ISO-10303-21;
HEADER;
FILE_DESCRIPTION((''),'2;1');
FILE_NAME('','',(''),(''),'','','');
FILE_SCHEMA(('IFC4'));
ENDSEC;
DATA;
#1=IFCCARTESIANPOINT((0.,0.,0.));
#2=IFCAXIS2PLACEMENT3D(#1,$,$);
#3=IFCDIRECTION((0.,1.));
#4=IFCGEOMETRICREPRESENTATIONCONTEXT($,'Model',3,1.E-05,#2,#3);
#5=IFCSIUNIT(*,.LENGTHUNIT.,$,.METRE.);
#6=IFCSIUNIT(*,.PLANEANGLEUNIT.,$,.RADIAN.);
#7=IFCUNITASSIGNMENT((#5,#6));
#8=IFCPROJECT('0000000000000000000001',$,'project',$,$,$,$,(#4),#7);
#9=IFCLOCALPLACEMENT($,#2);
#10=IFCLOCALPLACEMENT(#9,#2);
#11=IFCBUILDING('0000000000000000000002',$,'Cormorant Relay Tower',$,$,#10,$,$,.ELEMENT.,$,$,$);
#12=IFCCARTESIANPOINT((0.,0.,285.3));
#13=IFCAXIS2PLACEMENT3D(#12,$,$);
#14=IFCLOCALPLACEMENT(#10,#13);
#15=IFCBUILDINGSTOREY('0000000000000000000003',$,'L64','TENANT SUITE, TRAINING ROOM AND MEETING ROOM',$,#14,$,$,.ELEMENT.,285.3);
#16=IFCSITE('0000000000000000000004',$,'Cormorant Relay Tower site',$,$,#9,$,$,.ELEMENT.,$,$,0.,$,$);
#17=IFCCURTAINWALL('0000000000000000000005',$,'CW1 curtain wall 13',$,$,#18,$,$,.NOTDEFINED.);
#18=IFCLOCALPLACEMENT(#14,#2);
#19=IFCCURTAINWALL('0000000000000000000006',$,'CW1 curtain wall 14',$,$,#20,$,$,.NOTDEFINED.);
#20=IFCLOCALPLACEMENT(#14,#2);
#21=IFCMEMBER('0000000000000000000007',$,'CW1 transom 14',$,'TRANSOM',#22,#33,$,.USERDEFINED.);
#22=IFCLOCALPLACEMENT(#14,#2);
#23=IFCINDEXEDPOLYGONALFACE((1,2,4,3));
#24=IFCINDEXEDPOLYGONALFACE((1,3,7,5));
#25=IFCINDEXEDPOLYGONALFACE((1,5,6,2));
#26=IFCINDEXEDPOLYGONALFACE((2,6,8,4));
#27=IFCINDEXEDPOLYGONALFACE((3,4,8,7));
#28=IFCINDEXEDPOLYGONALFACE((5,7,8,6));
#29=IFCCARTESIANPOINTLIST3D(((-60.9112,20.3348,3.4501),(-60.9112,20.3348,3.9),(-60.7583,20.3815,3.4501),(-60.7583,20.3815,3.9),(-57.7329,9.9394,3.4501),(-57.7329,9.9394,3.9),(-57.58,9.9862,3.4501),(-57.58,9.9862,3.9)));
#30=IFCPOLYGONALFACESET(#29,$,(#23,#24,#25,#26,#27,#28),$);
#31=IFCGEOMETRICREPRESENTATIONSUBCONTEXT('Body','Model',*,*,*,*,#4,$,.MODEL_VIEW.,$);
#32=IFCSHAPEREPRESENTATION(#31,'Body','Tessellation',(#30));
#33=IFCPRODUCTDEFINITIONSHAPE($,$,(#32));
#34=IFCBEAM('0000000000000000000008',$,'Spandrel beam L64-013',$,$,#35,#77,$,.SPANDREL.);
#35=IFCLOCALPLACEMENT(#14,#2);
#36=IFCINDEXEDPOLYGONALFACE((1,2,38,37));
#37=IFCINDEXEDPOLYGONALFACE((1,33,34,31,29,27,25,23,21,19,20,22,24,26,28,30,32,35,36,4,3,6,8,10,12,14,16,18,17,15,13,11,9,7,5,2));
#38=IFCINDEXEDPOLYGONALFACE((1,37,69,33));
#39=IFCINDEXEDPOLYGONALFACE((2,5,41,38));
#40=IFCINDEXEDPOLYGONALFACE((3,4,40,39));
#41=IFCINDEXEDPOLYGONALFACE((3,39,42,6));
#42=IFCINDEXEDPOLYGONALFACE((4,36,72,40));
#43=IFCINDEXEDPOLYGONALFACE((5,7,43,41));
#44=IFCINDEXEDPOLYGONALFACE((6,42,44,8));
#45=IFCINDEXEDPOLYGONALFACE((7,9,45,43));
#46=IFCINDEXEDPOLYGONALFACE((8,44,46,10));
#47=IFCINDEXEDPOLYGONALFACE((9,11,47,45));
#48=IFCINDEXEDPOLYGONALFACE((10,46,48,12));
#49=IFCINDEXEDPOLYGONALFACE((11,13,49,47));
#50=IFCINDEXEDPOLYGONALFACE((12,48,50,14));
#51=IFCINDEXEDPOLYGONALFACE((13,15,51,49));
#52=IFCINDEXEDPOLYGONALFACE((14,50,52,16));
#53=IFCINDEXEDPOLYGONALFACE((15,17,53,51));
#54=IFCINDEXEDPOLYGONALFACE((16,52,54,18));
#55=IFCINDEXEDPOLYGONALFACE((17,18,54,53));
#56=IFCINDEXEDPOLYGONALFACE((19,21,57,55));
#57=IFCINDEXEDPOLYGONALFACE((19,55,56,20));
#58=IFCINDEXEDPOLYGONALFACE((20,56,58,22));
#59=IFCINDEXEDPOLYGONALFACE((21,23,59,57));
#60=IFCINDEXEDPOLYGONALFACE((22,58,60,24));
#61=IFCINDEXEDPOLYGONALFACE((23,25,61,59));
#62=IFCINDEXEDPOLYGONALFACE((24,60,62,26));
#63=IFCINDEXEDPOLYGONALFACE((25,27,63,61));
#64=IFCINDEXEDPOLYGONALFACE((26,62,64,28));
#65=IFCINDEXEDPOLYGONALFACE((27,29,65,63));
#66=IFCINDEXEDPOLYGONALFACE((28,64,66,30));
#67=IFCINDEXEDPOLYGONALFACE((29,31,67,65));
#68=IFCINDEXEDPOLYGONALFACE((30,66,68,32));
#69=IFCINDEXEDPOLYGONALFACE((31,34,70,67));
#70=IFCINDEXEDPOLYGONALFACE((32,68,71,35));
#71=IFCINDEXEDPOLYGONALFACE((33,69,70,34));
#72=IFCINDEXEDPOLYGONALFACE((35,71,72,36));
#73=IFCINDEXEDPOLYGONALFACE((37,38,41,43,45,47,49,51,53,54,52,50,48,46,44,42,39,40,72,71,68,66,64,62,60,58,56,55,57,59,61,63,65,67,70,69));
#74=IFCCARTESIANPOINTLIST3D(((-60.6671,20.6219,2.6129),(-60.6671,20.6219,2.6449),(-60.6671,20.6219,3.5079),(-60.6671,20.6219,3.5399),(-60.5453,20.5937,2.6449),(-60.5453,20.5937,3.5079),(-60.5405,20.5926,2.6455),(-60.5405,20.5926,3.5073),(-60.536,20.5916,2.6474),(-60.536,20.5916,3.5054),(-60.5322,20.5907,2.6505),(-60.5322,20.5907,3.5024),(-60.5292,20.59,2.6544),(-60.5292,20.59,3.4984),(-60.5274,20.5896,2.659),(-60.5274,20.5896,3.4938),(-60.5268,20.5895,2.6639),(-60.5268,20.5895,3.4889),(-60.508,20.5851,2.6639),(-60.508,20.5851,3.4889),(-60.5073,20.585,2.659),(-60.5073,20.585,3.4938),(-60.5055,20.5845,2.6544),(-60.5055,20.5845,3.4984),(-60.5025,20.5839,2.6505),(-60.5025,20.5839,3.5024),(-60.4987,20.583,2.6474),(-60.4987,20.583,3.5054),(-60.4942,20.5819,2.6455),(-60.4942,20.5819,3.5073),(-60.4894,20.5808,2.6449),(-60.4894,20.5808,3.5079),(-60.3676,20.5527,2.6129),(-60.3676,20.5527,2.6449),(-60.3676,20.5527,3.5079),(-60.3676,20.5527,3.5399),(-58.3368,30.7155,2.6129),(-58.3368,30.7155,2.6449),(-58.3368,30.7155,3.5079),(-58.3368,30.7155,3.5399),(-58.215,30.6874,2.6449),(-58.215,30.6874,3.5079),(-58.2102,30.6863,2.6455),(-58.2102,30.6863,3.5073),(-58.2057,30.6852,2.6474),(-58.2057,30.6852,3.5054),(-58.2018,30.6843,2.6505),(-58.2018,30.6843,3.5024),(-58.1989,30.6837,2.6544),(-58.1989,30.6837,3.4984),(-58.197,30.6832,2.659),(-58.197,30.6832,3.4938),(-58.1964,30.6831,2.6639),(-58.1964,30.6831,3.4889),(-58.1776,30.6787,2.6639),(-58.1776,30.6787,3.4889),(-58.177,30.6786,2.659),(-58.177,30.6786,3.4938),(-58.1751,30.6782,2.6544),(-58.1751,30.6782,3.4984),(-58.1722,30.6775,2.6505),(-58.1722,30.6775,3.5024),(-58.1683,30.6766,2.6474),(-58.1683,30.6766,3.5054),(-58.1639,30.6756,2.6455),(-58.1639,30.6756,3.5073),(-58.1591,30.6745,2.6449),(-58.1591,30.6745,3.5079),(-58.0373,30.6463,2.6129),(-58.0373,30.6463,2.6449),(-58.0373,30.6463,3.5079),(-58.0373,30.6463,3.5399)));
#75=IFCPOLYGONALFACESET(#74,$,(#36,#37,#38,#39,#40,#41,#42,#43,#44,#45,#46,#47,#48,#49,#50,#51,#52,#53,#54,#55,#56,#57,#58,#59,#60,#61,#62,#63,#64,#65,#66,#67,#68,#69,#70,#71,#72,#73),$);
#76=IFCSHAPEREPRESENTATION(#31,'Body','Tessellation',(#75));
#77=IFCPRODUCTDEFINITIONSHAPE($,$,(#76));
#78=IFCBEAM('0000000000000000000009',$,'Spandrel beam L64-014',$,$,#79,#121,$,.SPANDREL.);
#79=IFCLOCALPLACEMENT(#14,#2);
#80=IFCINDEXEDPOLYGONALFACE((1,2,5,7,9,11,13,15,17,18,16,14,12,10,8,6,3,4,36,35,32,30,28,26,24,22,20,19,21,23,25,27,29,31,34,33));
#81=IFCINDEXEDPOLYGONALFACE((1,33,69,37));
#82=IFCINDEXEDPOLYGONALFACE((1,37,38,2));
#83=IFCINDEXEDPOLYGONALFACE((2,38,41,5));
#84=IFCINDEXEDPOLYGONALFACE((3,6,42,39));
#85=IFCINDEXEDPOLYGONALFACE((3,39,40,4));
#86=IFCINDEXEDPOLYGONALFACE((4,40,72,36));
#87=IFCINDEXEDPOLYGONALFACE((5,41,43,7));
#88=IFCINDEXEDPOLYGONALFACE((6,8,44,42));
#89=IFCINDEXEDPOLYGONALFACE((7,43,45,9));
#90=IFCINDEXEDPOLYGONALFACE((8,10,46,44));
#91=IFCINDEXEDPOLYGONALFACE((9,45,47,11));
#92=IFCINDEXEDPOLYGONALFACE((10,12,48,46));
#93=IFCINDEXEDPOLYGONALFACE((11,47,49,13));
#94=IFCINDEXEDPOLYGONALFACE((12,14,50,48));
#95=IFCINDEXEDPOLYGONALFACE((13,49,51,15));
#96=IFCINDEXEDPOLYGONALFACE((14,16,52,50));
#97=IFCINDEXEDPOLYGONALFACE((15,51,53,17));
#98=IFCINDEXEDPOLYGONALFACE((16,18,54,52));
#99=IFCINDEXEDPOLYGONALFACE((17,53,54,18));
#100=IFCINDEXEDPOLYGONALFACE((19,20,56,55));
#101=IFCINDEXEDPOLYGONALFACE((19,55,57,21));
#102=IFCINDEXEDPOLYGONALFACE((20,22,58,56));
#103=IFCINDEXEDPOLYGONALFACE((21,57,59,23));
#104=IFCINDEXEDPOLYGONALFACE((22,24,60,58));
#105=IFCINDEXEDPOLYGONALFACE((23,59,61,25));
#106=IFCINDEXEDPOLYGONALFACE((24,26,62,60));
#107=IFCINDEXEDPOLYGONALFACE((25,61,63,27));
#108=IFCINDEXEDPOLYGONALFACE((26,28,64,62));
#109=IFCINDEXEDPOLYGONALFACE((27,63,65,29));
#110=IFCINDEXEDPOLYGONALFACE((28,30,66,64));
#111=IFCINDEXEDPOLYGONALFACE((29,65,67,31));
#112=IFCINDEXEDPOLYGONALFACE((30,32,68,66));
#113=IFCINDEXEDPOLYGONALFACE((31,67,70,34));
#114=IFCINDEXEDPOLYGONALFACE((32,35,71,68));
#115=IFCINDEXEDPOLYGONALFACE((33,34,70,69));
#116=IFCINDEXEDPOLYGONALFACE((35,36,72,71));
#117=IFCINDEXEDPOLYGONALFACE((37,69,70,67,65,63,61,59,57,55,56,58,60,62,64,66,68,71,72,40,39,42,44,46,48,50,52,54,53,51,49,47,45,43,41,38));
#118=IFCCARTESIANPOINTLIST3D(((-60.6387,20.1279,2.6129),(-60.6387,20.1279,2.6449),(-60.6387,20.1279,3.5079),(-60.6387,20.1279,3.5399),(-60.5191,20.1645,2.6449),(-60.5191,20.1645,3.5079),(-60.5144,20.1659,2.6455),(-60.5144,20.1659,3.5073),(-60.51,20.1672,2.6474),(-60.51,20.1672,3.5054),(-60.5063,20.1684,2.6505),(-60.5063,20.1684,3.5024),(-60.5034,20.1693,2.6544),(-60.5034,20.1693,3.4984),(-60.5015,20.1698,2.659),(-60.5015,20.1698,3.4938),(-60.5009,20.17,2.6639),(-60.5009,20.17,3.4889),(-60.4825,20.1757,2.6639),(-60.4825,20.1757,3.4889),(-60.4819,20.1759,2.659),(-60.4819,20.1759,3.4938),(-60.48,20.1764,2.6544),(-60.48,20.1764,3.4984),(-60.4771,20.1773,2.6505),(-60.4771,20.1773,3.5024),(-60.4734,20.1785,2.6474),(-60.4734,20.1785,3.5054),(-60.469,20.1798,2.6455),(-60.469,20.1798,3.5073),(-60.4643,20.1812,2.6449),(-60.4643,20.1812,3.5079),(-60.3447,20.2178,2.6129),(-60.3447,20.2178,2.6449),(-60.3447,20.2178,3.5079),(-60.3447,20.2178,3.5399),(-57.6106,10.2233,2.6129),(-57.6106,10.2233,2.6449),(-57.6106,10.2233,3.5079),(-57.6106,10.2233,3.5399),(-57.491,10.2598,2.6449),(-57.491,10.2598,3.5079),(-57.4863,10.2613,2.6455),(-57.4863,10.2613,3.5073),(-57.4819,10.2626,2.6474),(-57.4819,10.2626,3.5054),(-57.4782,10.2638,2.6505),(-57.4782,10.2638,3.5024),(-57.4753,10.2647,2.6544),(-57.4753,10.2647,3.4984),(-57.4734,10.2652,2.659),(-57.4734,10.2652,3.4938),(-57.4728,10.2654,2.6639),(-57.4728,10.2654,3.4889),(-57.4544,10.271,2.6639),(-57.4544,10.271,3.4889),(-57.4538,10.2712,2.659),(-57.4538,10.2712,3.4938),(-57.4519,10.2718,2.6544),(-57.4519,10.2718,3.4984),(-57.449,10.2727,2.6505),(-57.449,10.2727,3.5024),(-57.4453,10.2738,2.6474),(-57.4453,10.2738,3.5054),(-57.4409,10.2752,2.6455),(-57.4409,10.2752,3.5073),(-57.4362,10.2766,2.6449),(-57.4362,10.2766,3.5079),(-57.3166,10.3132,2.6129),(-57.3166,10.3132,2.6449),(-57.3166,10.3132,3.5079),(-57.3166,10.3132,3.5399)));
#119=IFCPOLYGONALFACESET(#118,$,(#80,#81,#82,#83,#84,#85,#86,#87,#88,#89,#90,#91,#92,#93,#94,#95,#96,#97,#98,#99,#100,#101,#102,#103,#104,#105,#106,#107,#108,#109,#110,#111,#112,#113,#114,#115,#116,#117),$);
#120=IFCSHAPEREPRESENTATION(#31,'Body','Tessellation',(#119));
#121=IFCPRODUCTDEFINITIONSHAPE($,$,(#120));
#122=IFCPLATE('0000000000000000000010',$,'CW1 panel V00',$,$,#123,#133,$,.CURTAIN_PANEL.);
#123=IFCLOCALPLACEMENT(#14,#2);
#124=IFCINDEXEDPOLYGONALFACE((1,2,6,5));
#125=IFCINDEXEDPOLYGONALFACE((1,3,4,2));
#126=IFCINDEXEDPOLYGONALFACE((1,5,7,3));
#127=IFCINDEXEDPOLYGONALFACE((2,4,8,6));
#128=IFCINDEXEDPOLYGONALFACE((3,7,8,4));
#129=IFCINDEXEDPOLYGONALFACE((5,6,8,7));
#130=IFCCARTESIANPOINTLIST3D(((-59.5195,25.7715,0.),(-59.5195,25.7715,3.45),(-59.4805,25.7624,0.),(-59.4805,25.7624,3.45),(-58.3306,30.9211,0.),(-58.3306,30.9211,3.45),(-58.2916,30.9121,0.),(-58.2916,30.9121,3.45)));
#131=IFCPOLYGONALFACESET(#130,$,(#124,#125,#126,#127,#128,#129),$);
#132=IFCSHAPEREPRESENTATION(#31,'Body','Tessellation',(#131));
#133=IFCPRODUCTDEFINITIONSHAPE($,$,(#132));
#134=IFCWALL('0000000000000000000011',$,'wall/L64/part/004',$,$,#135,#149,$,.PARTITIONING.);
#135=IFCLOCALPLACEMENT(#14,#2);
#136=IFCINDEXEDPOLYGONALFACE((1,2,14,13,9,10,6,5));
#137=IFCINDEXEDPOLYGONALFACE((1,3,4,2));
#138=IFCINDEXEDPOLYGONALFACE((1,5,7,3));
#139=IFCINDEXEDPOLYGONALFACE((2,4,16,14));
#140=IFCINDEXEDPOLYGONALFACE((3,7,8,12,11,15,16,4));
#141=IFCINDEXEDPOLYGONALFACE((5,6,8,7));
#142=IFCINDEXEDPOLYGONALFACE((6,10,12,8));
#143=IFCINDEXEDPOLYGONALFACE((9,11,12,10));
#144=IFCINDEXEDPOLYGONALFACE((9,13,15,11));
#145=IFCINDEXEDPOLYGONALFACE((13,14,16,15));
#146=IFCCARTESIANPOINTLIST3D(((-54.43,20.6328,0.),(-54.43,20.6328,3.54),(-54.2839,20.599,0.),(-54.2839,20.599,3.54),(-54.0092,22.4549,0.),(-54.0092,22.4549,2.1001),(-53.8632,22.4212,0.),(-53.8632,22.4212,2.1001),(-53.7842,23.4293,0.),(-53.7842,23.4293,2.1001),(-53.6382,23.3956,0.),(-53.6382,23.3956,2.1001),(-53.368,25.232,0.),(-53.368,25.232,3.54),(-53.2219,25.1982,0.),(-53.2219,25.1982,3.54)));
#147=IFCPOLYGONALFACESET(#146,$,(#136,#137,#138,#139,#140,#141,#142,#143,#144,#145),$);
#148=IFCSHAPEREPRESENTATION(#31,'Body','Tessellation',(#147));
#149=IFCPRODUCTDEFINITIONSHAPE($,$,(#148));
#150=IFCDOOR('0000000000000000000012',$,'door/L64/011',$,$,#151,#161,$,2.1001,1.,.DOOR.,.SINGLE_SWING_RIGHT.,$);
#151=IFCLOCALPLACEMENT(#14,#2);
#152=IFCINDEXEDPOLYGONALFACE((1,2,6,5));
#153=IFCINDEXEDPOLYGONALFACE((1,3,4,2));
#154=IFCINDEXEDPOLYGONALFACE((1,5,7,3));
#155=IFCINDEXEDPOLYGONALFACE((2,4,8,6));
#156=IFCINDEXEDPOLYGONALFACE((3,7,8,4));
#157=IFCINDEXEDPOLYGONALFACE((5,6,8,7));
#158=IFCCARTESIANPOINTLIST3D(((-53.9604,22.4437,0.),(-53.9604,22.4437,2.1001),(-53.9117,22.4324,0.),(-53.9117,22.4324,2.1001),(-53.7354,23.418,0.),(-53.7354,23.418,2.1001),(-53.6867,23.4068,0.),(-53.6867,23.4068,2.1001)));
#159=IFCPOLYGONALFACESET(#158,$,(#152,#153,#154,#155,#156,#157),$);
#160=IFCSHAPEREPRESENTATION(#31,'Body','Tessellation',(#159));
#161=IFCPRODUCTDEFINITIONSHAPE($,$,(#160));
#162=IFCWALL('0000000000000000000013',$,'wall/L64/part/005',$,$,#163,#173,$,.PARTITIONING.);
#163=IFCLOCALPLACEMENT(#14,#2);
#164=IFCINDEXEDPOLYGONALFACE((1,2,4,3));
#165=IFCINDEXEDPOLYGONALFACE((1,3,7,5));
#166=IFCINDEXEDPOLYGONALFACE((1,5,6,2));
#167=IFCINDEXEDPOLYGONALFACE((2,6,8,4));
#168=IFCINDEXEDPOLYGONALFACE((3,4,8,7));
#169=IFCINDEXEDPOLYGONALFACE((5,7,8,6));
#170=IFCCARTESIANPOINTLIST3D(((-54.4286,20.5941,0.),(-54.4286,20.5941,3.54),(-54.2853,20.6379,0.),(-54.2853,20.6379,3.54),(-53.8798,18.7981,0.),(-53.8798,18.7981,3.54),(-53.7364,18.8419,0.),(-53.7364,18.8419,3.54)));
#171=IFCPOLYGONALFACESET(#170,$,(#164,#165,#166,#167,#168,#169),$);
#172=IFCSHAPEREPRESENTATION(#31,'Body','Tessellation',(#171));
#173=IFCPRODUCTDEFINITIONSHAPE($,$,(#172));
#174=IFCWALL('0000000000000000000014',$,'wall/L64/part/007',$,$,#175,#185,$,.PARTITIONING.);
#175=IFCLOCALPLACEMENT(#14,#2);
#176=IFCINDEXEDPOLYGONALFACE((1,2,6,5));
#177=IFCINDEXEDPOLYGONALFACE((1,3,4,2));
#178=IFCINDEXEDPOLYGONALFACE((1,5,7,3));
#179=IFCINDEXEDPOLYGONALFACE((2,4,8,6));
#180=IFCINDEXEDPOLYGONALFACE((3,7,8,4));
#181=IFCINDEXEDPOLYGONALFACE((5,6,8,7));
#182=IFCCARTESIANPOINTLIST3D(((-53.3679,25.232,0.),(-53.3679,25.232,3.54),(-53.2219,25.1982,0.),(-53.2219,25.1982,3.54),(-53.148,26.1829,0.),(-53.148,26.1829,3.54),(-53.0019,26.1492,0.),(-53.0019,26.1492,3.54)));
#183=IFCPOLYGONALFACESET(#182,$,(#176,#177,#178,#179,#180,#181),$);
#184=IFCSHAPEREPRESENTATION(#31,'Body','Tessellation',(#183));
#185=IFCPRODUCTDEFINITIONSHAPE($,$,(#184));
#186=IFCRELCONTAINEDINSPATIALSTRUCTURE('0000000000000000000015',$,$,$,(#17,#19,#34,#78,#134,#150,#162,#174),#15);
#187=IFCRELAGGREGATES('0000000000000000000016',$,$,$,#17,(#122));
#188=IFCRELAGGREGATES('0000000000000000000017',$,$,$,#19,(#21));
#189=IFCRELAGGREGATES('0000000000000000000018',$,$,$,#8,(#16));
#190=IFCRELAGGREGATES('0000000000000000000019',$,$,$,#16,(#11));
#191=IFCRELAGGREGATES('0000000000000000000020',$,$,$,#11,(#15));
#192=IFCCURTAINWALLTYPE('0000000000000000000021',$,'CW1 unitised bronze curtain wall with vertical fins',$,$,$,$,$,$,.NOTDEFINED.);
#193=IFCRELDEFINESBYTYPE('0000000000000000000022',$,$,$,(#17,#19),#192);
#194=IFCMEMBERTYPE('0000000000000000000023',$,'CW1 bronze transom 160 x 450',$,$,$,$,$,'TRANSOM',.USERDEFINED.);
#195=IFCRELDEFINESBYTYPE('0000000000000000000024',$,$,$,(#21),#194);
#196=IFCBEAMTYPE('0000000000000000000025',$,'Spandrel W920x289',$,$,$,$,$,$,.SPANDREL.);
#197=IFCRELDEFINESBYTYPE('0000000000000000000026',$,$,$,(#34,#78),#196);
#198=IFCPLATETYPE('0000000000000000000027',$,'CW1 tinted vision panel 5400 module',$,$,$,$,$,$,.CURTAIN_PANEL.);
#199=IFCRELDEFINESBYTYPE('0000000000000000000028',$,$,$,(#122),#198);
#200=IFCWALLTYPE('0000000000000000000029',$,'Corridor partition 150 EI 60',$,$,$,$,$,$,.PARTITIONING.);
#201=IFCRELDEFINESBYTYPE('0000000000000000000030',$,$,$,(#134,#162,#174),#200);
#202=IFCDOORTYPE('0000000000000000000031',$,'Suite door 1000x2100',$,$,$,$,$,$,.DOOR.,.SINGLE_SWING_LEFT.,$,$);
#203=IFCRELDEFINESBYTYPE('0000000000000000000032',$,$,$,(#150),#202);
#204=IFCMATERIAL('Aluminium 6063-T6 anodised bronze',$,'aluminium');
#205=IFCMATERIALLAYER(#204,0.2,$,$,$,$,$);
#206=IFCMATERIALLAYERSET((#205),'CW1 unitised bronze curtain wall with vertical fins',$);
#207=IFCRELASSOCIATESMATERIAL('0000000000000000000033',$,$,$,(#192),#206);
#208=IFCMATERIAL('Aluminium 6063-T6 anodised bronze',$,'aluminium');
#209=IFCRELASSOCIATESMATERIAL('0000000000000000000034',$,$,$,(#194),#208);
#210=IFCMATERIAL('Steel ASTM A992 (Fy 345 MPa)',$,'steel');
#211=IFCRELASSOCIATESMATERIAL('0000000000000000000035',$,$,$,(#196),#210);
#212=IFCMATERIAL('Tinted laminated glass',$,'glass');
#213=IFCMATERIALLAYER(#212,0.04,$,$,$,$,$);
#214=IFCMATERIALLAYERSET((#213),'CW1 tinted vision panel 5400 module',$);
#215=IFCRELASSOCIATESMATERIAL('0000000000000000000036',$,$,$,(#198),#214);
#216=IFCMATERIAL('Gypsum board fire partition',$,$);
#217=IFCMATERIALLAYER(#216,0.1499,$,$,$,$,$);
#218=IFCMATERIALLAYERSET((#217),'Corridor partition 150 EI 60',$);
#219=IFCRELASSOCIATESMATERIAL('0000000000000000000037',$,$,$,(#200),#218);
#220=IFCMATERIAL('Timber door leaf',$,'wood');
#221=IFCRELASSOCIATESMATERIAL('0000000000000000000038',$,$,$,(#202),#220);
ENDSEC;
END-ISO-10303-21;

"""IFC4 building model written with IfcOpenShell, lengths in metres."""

from ifc_helpers import new_model, si_unit, direction, frame, frame_2d, origin, origin_2d, place, context, subcontext, project, spatial, rectangle, i_section, extrude, material, layer, layer_set, material_profile, profile_set, type_object, element, fill, aggregate, save


model = new_model("IFC4")

# Units and contexts
model_context = context("Model", 3, precision=1e-05, world=origin(), true_north=direction((0.0, 1.0)))
body_context = subcontext(model_context, "Body", "Model", "MODEL_VIEW")
ifc_project = project(units=[si_unit("LENGTHUNIT", "METRE"), si_unit("PLANEANGLEUNIT", "RADIAN")], contexts=[model_context])

# Site, building, storey
site_placement = place(None, origin())
site = spatial("IfcSite", under=ifc_project, at=site_placement, Name="Cormorant Relay Tower site", CompositionType="ELEMENT", RefElevation=0.0)
building_placement = place(site_placement, origin())
building = spatial("IfcBuilding", under=site, at=building_placement, Name="Cormorant Relay Tower", CompositionType="ELEMENT")
storey_placement = place(building_placement, frame((0.0, 0.0, 285.3)))
storey = spatial("IfcBuildingStorey", under=building, at=storey_placement, Name="L64", Description="TENANT SUITE, TRAINING ROOM AND MEETING ROOM", CompositionType="ELEMENT", Elevation=285.3)

# Curtain wall
ifc_material_1 = material(Name="Aluminium 6063-T6 anodised bronze", Category="aluminium")
ifc_layer_1 = layer(ifc_material_1, 0.2)
ifc_layer_set_1 = layer_set([ifc_layer_1], Name="CW1 unitised bronze curtain wall with vertical fins")
curtain_wall_type = type_object("IfcCurtainWallType", Name="CW1 unitised bronze curtain wall with vertical fins", PredefinedType="NOTDEFINED", material=ifc_layer_set_1)
curtain_wall_1_placement = place(storey_placement, origin())
curtain_wall_1 = element("IfcCurtainWall", 1, at=curtain_wall_1_placement, inside=storey, type_object=curtain_wall_type, Name="CW1 curtain wall 13", PredefinedType="NOTDEFINED")

# Curtain wall
curtain_wall_2_placement = place(storey_placement, origin())
curtain_wall_2 = element("IfcCurtainWall", 2, at=curtain_wall_2_placement, inside=storey, type_object=curtain_wall_type, Name="CW1 curtain wall 14", PredefinedType="NOTDEFINED")

# Member
ifc_material_2 = material(Name="Aluminium 6063-T6 anodised bronze", Category="aluminium")
ifc_material_profile_1 = material_profile(ifc_material_2, rectangle(XDim=0.1599, YDim=0.45, at=origin_2d()), Name="AL 160x450")
ifc_profile_set_1 = profile_set([ifc_material_profile_1], Name="Aluminium 6063-T6 anodised bronze")
member_type_1 = type_object("IfcMemberType", Name="CW1 bronze transom 160 x 450", ElementType="TRANSOM", PredefinedType="USERDEFINED", material=ifc_profile_set_1)
member_1_placement = place(storey_placement, frame((-60.8347, 20.3582, 3.675), z_axis=(0.292378, -0.956303, 0.0), x_axis=(0.956303, 0.292378, 0.0)))
member_1 = element("IfcMember", 3, at=member_1_placement, type_object=member_type_1, Name="CW1 transom 14", ObjectType="TRANSOM", PredefinedType="USERDEFINED", context=body_context, shape_type="SweptSolid", body=[
    extrude(rectangle(XDim=0.1599, YDim=0.45, at=origin_2d()), origin(), (0.0, 0.0, 1.0), 10.8704),
])

# Beams
ifc_material_3 = material(Name="Steel ASTM A992 (Fy 345 MPa)", Category="steel")
ifc_material_profile_2 = material_profile(ifc_material_3, i_section(OverallWidth=0.3074, OverallDepth=0.927, WebThickness=0.0193, FlangeThickness=0.032, FilletRadius=0.019, at=origin_2d()), Name="W920x289")
ifc_profile_set_2 = profile_set([ifc_material_profile_2], Name="Steel ASTM A992 (Fy 345 MPa)")
beam_type = type_object("IfcBeamType", Name="Spandrel W920x289", PredefinedType="SPANDREL", material=ifc_profile_set_2)
beam_1_placement = place(storey_placement, frame((-58.187, 30.6809, 3.0764), z_axis=(-0.224956, -0.974369, 0.0), x_axis=(0.974369, -0.224956, 0.0)))
element("IfcBeam", 4, at=beam_1_placement, inside=storey, type_object=beam_type, Name="Spandrel beam L64-013", PredefinedType="SPANDREL", context=body_context, shape_type="SweptSolid", body=[
    extrude(i_section(OverallWidth=0.3074, OverallDepth=0.927, WebThickness=0.0193, FlangeThickness=0.032, FilletRadius=0.019, at=origin_2d()), origin(), (0.0, 0.0, 1.0), 10.3591),
])
beam_2_placement = place(storey_placement, frame((-60.4917, 20.1729, 3.0764), z_axis=(0.292368, -0.956306, 0.0), x_axis=(0.956306, 0.292368, 0.0)))
element("IfcBeam", 5, at=beam_2_placement, inside=storey, type_object=beam_type, Name="Spandrel beam L64-014", PredefinedType="SPANDREL", context=body_context, shape_type="SweptSolid", body=[
    extrude(i_section(OverallWidth=0.3074, OverallDepth=0.927, WebThickness=0.0193, FlangeThickness=0.032, FilletRadius=0.019, at=origin_2d()), origin(), (0.0, 0.0, 1.0), 10.3572),
])

# Plate
ifc_material_4 = material(Name="Tinted laminated glass", Category="glass")
ifc_layer_2 = layer(ifc_material_4, 0.04)
ifc_layer_set_2 = layer_set([ifc_layer_2], Name="CW1 tinted vision panel 5400 module")
plate_type = type_object("IfcPlateType", Name="CW1 tinted vision panel 5400 module", PredefinedType="CURTAIN_PANEL", material=ifc_layer_set_2)
plate_placement = place(storey_placement, frame((-58.9055, 28.3418, 0.0), z_axis=(0.0, 0.0, 1.0), x_axis=(-0.224951, -0.97437, 0.0)))
plate = element("IfcPlate", 6, at=plate_placement, type_object=plate_type, Name="CW1 panel V00", PredefinedType="CURTAIN_PANEL", context=body_context, shape_type="SweptSolid", body=[
    extrude(rectangle(XDim=5.2852, YDim=0.04, at=origin_2d()), origin(), (0.0, 0.0, 1.0), 3.45),
])

# Wall, opening, door
ifc_material_5 = material(Name="Gypsum board fire partition")
ifc_layer_3 = layer(ifc_material_5, 0.1499)
ifc_layer_set_3 = layer_set([ifc_layer_3], Name="Corridor partition 150 EI 60")
wall_type_1 = type_object("IfcWallType", Name="Corridor partition 150 EI 60", PredefinedType="PARTITIONING", material=ifc_layer_set_3)
wall_1_placement = place(storey_placement, frame((-53.2949, 25.2151, 0.0), z_axis=(0.0, 0.0, 1.0), x_axis=(-0.224995, -0.97436, 0.0)))
wall_1 = element("IfcWall", 7, at=wall_1_placement, inside=storey, type_object=wall_type_1, Name="wall/L64/part/004", PredefinedType="PARTITIONING", context=body_context, shape_type="SweptSolid", body=[
    extrude(rectangle(XDim=4.7202, YDim=0.1499, at=frame_2d((2.3601, 0.0))), origin(), (0.0, 0.0, 1.0), 3.54),
])
opening_1_placement = place(wall_1_placement, frame((1.8501, 0.0, 0.0)))
opening_1 = element("IfcOpeningElement", 8, at=opening_1_placement, cuts=wall_1, PredefinedType="OPENING", context=body_context, shape_type="SweptSolid", body=[
    extrude(rectangle(XDim=1.0, YDim=2.1001, at=frame_2d((0.5, 1.05))), frame((0.0, 0.085, 0.0), z_axis=(0.0, -1.0, 0.0), x_axis=(1.0, 0.0, 0.0)), (0.0, 0.0, 1.0), 0.1699),
])
ifc_material_6 = material(Name="Timber door leaf", Category="wood")
door_type = type_object("IfcDoorType", Name="Suite door 1000x2100", OperationType="SINGLE_SWING_LEFT", PredefinedType="DOOR", material=ifc_material_6)
door_1_placement = place(opening_1_placement, frame((1.0, 0.0, 0.0), z_axis=(0.0, 0.0, 1.0), x_axis=(-1.0, 0.0, 0.0)))
door_1 = element("IfcDoor", 9, at=door_1_placement, inside=storey, type_object=door_type, Name="door/L64/011", OperationType="SINGLE_SWING_RIGHT", OverallHeight=2.1001, OverallWidth=1.0, PredefinedType="DOOR", context=body_context, shape_type="SweptSolid", body=[
    extrude(rectangle(XDim=1.0, YDim=2.1001, at=frame_2d((0.5, 1.05))), frame((0.0, 0.0249, 0.0), z_axis=(0.0, -1.0, 0.0), x_axis=(1.0, 0.0, 0.0)), (0.0, 0.0, 1.0), 0.05),
])
fill(opening_1, door_1)

# Walls
wall_2_placement = place(storey_placement, frame((-54.3569, 20.616, 0.0), z_axis=(0.0, 0.0, 1.0), x_axis=(0.292258, -0.956339, 0.0)))
element("IfcWall", 10, at=wall_2_placement, inside=storey, type_object=wall_type_1, Name="wall/L64/part/005", PredefinedType="PARTITIONING", context=body_context, shape_type="SweptSolid", body=[
    extrude(rectangle(XDim=1.8779, YDim=0.1499, at=frame_2d((0.939, 0.0))), origin(), (0.0, 0.0, 1.0), 3.54),
])
wall_3_placement = place(storey_placement, frame((-53.2949, 25.2151, 0.0), z_axis=(0.0, 0.0, 1.0), x_axis=(0.225371, 0.974273, 0.0)))
element("IfcWall", 11, at=wall_3_placement, inside=storey, type_object=wall_type_1, Name="wall/L64/part/007", PredefinedType="PARTITIONING", context=body_context, shape_type="SweptSolid", body=[
    extrude(rectangle(XDim=0.9761, YDim=0.1499, at=frame_2d((0.488, 0.0))), origin(), (0.0, 0.0, 1.0), 3.54),
])

aggregate(curtain_wall_1, [plate])
aggregate(curtain_wall_2, [member_1])

save(model, "model.ifc")
